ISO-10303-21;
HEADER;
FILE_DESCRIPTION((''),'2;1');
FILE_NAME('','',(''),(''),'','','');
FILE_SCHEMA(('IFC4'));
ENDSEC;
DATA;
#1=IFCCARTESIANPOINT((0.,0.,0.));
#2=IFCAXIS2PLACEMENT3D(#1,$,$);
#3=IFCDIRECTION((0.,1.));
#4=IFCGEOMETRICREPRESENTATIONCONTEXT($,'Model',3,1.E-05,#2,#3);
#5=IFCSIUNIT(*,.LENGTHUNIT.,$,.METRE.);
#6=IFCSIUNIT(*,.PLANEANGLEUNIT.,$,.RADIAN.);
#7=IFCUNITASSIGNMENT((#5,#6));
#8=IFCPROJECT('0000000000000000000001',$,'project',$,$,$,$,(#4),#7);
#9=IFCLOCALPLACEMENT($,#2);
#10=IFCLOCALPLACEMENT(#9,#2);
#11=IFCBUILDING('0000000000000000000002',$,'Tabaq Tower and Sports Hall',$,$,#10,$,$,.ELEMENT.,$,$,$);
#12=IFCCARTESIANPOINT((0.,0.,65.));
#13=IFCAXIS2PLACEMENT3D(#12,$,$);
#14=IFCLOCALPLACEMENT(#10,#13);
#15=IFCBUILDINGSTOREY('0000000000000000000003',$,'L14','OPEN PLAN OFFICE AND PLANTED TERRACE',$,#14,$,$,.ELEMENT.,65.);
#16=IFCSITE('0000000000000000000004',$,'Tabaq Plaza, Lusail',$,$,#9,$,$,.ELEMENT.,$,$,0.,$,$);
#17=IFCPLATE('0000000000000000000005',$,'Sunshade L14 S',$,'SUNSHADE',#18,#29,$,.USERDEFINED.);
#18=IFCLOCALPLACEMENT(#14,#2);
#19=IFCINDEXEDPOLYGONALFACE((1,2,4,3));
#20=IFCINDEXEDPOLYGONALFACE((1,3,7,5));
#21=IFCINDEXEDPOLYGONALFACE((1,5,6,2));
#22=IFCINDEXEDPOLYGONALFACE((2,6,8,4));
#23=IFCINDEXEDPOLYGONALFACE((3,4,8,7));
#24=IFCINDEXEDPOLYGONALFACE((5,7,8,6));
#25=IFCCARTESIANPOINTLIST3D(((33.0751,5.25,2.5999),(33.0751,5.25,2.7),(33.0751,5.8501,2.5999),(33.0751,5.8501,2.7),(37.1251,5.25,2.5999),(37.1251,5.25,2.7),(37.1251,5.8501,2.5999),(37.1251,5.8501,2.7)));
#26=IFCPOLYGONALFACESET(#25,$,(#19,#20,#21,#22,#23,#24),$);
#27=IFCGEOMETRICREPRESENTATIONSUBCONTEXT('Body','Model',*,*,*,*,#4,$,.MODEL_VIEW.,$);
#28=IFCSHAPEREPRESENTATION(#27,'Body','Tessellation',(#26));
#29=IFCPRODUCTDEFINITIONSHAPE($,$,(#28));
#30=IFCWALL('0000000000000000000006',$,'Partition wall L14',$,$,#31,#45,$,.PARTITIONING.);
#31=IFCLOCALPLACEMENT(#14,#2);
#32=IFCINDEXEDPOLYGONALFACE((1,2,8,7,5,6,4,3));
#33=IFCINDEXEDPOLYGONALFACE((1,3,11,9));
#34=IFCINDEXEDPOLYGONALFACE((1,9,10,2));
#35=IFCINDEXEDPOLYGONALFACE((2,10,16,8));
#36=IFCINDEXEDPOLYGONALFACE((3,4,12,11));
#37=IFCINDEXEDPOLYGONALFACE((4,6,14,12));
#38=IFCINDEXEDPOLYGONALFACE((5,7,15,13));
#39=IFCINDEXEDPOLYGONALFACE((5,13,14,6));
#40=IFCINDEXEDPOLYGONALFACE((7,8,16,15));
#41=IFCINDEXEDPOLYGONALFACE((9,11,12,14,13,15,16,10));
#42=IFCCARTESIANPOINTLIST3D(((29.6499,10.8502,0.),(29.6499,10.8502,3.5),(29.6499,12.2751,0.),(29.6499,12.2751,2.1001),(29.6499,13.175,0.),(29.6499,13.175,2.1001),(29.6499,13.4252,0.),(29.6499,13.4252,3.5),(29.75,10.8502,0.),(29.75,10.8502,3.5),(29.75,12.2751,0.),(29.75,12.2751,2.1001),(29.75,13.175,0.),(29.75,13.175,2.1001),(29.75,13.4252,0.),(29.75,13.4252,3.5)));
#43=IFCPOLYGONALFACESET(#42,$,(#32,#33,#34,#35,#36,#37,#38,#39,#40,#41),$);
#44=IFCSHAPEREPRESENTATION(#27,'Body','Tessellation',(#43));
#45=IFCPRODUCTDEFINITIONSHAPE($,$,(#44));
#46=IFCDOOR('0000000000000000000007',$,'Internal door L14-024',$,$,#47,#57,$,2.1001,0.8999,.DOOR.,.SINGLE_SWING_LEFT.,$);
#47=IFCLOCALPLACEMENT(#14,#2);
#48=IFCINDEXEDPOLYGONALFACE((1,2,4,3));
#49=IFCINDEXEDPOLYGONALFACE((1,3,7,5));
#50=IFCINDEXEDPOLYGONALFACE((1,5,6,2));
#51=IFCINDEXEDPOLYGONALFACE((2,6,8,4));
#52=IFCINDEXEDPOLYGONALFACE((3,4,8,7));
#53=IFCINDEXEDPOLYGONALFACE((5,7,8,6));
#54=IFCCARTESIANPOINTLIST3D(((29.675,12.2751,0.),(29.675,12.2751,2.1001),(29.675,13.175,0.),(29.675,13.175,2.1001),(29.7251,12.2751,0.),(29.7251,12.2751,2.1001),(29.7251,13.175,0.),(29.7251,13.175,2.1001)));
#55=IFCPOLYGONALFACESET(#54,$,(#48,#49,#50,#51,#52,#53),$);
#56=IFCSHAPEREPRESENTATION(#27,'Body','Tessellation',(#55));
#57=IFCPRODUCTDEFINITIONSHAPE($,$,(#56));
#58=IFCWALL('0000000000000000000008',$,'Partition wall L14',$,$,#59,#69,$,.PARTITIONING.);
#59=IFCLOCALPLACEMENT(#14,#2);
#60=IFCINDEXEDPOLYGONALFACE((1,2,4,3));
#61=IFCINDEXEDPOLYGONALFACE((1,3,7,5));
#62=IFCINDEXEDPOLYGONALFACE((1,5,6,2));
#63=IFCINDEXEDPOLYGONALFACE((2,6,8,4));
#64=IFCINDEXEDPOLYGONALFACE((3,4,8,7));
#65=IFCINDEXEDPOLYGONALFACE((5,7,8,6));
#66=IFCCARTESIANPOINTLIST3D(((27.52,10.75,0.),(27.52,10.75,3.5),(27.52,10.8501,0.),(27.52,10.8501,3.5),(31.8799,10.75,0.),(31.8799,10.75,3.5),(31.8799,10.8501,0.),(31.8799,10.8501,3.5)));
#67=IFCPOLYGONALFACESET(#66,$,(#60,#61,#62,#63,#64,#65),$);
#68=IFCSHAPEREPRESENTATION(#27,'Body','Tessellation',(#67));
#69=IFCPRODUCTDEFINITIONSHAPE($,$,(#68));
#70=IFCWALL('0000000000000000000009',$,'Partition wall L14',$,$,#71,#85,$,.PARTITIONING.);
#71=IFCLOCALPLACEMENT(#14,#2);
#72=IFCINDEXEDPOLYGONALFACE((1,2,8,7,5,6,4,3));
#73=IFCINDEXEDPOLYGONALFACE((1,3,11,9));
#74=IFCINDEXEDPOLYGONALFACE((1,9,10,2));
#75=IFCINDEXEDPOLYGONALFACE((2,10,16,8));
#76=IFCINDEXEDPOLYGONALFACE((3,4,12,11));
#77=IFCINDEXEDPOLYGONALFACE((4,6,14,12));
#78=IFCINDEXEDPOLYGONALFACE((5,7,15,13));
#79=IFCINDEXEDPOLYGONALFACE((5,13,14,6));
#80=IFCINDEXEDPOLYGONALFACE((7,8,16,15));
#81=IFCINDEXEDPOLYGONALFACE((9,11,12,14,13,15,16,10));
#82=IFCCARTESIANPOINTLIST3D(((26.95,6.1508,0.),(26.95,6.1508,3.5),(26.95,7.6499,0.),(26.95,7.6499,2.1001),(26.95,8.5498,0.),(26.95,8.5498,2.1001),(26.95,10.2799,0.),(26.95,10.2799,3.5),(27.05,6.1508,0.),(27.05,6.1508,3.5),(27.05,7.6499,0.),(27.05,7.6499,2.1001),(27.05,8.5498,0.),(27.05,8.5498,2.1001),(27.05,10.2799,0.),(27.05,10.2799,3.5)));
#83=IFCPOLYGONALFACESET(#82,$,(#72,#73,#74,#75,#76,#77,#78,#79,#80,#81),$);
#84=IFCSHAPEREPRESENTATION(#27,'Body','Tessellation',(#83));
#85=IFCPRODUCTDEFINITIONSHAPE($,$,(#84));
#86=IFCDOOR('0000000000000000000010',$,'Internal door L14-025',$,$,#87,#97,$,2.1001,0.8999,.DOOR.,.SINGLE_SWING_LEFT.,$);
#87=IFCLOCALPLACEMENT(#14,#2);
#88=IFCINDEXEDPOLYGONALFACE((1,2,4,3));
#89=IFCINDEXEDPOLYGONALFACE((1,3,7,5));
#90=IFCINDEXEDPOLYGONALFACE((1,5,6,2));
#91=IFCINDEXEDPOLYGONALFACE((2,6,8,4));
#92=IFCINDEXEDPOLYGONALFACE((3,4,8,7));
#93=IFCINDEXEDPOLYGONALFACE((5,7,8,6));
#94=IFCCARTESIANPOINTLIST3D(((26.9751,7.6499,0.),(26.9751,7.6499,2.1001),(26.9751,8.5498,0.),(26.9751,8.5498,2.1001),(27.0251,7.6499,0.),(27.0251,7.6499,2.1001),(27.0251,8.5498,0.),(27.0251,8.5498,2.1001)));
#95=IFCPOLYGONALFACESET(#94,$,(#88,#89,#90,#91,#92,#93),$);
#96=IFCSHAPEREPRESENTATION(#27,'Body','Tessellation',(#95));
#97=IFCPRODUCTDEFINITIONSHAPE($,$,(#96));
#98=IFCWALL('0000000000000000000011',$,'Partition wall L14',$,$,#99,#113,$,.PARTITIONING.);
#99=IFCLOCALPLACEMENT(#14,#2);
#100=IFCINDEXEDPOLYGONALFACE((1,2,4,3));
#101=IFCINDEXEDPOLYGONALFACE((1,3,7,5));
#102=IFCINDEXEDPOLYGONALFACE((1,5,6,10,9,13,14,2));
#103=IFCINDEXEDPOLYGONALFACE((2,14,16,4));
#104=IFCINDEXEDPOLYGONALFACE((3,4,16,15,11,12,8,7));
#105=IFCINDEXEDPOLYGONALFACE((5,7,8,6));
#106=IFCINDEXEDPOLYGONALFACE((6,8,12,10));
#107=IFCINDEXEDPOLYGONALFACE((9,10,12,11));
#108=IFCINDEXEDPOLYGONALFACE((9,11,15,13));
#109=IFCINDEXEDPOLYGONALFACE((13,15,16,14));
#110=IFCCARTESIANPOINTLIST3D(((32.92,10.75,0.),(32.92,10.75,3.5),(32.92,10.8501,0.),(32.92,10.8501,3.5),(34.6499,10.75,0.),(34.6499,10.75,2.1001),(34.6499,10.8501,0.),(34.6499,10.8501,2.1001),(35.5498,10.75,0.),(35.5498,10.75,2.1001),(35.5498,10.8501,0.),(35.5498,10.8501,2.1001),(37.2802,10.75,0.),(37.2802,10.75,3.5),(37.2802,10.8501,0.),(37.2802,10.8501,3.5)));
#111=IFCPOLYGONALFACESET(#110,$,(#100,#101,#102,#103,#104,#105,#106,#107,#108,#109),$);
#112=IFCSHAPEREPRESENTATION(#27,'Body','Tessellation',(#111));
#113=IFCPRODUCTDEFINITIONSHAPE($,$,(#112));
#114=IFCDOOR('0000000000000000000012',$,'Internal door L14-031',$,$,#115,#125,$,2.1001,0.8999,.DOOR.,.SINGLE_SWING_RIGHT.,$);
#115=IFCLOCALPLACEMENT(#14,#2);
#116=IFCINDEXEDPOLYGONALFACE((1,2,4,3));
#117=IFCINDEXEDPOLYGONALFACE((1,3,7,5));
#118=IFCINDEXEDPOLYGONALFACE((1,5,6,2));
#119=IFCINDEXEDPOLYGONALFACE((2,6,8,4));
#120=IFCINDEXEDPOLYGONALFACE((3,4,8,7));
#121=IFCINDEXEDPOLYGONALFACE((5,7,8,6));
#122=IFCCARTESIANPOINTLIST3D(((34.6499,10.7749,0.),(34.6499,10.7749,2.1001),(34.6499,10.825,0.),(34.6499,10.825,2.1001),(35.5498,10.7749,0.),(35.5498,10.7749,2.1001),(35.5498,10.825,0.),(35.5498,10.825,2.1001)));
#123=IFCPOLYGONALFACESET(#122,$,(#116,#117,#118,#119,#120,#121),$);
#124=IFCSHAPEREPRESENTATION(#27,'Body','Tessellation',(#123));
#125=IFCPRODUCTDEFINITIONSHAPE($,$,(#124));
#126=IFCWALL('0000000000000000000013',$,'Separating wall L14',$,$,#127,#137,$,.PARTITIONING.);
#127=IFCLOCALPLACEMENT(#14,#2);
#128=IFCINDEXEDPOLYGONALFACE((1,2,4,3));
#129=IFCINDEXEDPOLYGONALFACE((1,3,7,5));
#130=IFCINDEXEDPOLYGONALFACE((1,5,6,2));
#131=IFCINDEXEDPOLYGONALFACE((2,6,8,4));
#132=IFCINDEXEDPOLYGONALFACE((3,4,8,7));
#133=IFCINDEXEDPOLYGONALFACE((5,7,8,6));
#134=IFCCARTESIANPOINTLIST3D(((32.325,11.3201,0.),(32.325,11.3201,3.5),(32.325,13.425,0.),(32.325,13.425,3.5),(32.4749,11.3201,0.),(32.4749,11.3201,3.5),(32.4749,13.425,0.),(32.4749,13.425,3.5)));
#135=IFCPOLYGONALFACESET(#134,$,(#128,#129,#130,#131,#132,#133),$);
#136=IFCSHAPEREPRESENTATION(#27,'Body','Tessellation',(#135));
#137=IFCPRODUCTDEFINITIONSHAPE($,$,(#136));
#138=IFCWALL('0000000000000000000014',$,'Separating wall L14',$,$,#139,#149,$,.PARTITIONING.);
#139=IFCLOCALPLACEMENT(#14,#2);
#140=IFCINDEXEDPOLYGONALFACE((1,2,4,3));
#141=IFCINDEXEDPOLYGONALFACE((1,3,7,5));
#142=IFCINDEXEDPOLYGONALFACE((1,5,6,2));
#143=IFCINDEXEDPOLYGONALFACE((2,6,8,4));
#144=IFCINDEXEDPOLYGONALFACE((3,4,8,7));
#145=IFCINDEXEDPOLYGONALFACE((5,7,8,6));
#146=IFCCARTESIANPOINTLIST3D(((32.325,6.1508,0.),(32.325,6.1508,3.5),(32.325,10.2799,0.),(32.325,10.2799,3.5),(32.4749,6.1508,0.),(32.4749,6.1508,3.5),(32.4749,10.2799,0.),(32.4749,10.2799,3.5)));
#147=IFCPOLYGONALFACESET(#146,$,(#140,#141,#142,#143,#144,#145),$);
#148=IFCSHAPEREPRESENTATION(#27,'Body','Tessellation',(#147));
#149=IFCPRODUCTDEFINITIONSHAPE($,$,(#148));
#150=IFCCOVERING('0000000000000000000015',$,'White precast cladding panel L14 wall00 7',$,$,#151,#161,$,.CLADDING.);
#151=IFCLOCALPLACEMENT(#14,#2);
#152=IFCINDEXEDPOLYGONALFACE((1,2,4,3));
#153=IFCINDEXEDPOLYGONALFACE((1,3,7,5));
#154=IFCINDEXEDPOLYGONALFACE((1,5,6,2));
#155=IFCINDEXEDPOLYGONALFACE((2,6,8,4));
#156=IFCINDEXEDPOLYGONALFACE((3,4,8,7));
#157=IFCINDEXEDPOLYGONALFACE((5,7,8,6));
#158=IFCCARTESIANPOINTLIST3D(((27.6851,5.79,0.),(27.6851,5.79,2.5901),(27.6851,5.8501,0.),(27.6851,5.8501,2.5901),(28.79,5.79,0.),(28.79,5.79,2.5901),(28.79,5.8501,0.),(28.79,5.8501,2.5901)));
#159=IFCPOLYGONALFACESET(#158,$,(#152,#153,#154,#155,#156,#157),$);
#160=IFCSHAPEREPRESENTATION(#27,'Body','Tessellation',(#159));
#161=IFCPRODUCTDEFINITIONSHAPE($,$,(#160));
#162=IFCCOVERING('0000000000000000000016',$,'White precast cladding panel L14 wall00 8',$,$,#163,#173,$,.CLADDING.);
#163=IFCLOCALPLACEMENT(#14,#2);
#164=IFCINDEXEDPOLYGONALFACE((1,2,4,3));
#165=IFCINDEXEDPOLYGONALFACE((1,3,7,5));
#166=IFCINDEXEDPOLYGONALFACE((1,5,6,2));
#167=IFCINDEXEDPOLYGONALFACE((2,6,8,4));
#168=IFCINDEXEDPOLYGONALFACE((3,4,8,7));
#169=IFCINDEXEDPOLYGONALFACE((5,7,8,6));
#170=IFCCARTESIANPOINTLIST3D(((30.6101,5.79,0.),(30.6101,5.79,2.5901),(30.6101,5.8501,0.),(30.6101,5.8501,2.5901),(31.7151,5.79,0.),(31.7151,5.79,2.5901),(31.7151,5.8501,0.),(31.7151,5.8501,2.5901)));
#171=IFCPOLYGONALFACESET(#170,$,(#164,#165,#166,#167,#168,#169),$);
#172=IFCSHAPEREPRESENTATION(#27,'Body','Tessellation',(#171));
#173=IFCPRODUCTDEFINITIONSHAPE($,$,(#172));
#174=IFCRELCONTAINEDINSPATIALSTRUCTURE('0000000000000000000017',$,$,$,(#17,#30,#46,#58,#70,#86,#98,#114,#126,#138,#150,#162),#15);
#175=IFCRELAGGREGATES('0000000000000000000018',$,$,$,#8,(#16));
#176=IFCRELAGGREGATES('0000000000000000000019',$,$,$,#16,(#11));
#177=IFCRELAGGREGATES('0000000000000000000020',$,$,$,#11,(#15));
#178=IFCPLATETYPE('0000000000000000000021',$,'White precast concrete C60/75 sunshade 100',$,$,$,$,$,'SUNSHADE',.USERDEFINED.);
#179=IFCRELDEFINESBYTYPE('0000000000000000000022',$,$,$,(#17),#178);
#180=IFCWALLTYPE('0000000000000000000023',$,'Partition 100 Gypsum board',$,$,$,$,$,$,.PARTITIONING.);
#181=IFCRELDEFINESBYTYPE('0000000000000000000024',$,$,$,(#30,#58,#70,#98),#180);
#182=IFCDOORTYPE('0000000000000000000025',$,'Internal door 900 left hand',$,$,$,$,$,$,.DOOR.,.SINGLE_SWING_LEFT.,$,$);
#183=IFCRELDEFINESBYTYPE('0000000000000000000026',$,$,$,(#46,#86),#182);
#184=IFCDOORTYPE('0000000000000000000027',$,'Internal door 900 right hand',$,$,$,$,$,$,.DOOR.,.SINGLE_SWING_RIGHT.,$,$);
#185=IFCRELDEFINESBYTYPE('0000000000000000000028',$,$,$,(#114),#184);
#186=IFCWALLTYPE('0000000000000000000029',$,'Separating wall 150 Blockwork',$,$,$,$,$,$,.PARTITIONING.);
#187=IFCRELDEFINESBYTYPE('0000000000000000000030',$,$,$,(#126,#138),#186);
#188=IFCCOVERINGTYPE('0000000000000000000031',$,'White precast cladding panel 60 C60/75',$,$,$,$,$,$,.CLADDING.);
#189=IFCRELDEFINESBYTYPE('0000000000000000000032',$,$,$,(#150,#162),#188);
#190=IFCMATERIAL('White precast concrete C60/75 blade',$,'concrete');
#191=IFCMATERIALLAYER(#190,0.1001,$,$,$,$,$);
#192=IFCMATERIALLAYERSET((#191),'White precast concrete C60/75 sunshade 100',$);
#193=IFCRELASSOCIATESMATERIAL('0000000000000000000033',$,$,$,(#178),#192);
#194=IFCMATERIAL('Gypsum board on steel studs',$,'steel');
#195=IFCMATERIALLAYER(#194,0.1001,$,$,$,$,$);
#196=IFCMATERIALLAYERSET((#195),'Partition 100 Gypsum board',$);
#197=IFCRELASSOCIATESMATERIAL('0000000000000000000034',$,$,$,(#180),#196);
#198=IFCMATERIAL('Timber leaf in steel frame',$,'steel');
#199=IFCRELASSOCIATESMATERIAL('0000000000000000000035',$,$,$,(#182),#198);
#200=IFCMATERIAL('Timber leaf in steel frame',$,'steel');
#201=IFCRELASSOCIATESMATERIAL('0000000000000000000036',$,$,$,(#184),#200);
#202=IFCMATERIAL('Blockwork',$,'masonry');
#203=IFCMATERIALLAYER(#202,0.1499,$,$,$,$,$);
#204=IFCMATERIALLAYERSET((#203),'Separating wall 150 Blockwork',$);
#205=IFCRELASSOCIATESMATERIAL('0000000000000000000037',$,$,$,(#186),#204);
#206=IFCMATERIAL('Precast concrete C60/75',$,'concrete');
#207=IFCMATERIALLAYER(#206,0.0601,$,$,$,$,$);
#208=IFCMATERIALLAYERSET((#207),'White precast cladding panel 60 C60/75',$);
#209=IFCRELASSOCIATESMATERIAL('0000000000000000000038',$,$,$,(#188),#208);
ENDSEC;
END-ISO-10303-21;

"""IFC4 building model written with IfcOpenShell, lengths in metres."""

from ifc_helpers import new_model, si_unit, direction, frame, frame_2d, origin, origin_2d, place, context, subcontext, project, spatial, rectangle, extrude, material, layer, layer_set, type_object, element, fill, save


model = new_model("IFC4")

# Units and contexts
model_context = context("Model", 3, precision=1e-05, world=origin(), true_north=direction((0.0, 1.0)))
body_context = subcontext(model_context, "Body", "Model", "MODEL_VIEW")
ifc_project = project(units=[si_unit("LENGTHUNIT", "METRE"), si_unit("PLANEANGLEUNIT", "RADIAN")], contexts=[model_context])

# Site, building, storey
site_placement = place(None, origin())
site = spatial("IfcSite", under=ifc_project, at=site_placement, Name="Tabaq Plaza, Lusail", CompositionType="ELEMENT", RefElevation=0.0)
building_placement = place(site_placement, origin())
building = spatial("IfcBuilding", under=site, at=building_placement, Name="Tabaq Tower and Sports Hall", CompositionType="ELEMENT")
storey_placement = place(building_placement, frame((0.0, 0.0, 65.0)))
storey = spatial("IfcBuildingStorey", under=building, at=storey_placement, Name="L14", Description="OPEN PLAN OFFICE AND PLANTED TERRACE", CompositionType="ELEMENT", Elevation=65.0)

# Plate
ifc_material_1 = material(Name="White precast concrete C60/75 blade", Category="concrete")
ifc_layer_1 = layer(ifc_material_1, 0.1001)
ifc_layer_set_1 = layer_set([ifc_layer_1], Name="White precast concrete C60/75 sunshade 100")
plate_type = type_object("IfcPlateType", Name="White precast concrete C60/75 sunshade 100", ElementType="SUNSHADE", PredefinedType="USERDEFINED", material=ifc_layer_set_1)
for number, where, z_axis, x_axis, name in (
    (1, (35.1001, 5.55, 2.5999), (0.0, 0.0, 1.0), (1.0, 0.0, 0.0), "Sunshade L14 S"),
):
    element("IfcPlate", number, at=place(storey_placement, frame(where, z_axis=z_axis, x_axis=x_axis)), inside=storey, type_object=plate_type, Name=name, ObjectType="SUNSHADE", PredefinedType="USERDEFINED", context=body_context, shape_type="SweptSolid", body=[
        extrude(rectangle(XDim=4.05, YDim=0.6001, at=origin_2d()), origin(), (0.0, 0.0, 1.0), 0.1001),
    ])

# Wall, opening, door
ifc_material_2 = material(Name="Gypsum board on steel studs", Category="steel")
ifc_layer_2 = layer(ifc_material_2, 0.1001)
ifc_layer_set_2 = layer_set([ifc_layer_2], Name="Partition 100 Gypsum board")
wall_type_1 = type_object("IfcWallType", Name="Partition 100 Gypsum board", PredefinedType="PARTITIONING", material=ifc_layer_set_2)
wall_1_placement = place(storey_placement, frame((29.7, 10.8501, 0.0), z_axis=(0.0, 0.0, 1.0), x_axis=(0.0, 1.0, 0.0)))
wall_1 = element("IfcWall", 2, at=wall_1_placement, inside=storey, type_object=wall_type_1, Name="Partition wall L14", PredefinedType="PARTITIONING", context=body_context, shape_type="SweptSolid", body=[
    extrude(rectangle(XDim=2.575, YDim=0.1001, at=frame_2d((1.2876, 0.0))), origin(), (0.0, 0.0, 1.0), 3.5),
])
opening_1_placement = place(wall_1_placement, frame((1.425, 0.0, 0.0)))
opening_1 = element("IfcOpeningElement", 3, at=opening_1_placement, cuts=wall_1, PredefinedType="OPENING", context=body_context, shape_type="SweptSolid", body=[
    extrude(rectangle(XDim=0.8999, YDim=2.1001, at=frame_2d((0.45, 1.05))), frame((0.0, 0.05, 0.0), z_axis=(0.0, -1.0, 0.0), x_axis=(1.0, 0.0, 0.0)), (0.0, 0.0, 1.0), 0.1001),
])
ifc_material_3 = material(Name="Timber leaf in steel frame", Category="steel")
door_type_1 = type_object("IfcDoorType", Name="Internal door 900 left hand", OperationType="SINGLE_SWING_LEFT", PredefinedType="DOOR", material=ifc_material_3)
door_1_placement = place(opening_1_placement, origin())
door_1 = element("IfcDoor", 4, at=door_1_placement, inside=storey, type_object=door_type_1, Name="Internal door L14-024", OperationType="SINGLE_SWING_LEFT", OverallHeight=2.1001, OverallWidth=0.8999, PredefinedType="DOOR", context=body_context, shape_type="SweptSolid", body=[
    extrude(rectangle(XDim=0.8999, YDim=2.1001, at=frame_2d((0.45, 1.05))), frame((0.0, 0.0249, 0.0), z_axis=(0.0, -1.0, 0.0), x_axis=(1.0, 0.0, 0.0)), (0.0, 0.0, 1.0), 0.05),
])
fill(opening_1, door_1)

# Wall
wall_2_placement = place(storey_placement, frame((27.52, 10.8, 0.0), z_axis=(0.0, 0.0, 1.0), x_axis=(1.0, 0.0, 0.0)))
element("IfcWall", 5, at=wall_2_placement, inside=storey, type_object=wall_type_1, Name="Partition wall L14", PredefinedType="PARTITIONING", context=body_context, shape_type="SweptSolid", body=[
    extrude(rectangle(XDim=4.3599, YDim=0.1001, at=frame_2d((2.1799, 0.0))), origin(), (0.0, 0.0, 1.0), 3.5),
])

# Walls, openings, doors
wall_3_placement = place(storey_placement, frame((27.0, 6.1509, 0.0), z_axis=(0.0, 0.0, 1.0), x_axis=(0.0, 1.0, 0.0)))
wall_3 = element("IfcWall", 6, at=wall_3_placement, inside=storey, type_object=wall_type_1, Name="Partition wall L14", PredefinedType="PARTITIONING", context=body_context, shape_type="SweptSolid", body=[
    extrude(rectangle(XDim=4.1292, YDim=0.1001, at=frame_2d((2.0645, 0.0))), origin(), (0.0, 0.0, 1.0), 3.5),
])
opening_2_placement = place(wall_3_placement, frame((1.499, 0.0, 0.0)))
opening_2 = element("IfcOpeningElement", 7, at=opening_2_placement, cuts=wall_3, PredefinedType="OPENING", context=body_context, shape_type="SweptSolid", body=[
    extrude(rectangle(XDim=0.8999, YDim=2.1001, at=frame_2d((0.45, 1.05))), frame((0.0, 0.05, 0.0), z_axis=(0.0, -1.0, 0.0), x_axis=(1.0, 0.0, 0.0)), (0.0, 0.0, 1.0), 0.1001),
])
door_2_placement = place(opening_2_placement, origin())
door_2 = element("IfcDoor", 8, at=door_2_placement, inside=storey, type_object=door_type_1, Name="Internal door L14-025", OperationType="SINGLE_SWING_LEFT", OverallHeight=2.1001, OverallWidth=0.8999, PredefinedType="DOOR", context=body_context, shape_type="SweptSolid", body=[
    extrude(rectangle(XDim=0.8999, YDim=2.1001, at=frame_2d((0.45, 1.05))), frame((0.0, 0.0249, 0.0), z_axis=(0.0, -1.0, 0.0), x_axis=(1.0, 0.0, 0.0)), (0.0, 0.0, 1.0), 0.05),
])
fill(opening_2, door_2)
wall_4_placement = place(storey_placement, frame((32.9199, 10.8, 0.0), z_axis=(0.0, 0.0, 1.0), x_axis=(1.0, 0.0, 0.0)))
wall_4 = element("IfcWall", 9, at=wall_4_placement, inside=storey, type_object=wall_type_1, Name="Partition wall L14", PredefinedType="PARTITIONING", context=body_context, shape_type="SweptSolid", body=[
    extrude(rectangle(XDim=4.3601, YDim=0.1001, at=frame_2d((2.1802, 0.0))), origin(), (0.0, 0.0, 1.0), 3.5),
])
opening_3_placement = place(wall_4_placement, frame((1.73, 0.0, 0.0)))
opening_3 = element("IfcOpeningElement", 10, at=opening_3_placement, cuts=wall_4, PredefinedType="OPENING", context=body_context, shape_type="SweptSolid", body=[
    extrude(rectangle(XDim=0.8999, YDim=2.1001, at=frame_2d((0.45, 1.05))), frame((0.0, 0.05, 0.0), z_axis=(0.0, -1.0, 0.0), x_axis=(1.0, 0.0, 0.0)), (0.0, 0.0, 1.0), 0.1001),
])
ifc_material_4 = material(Name="Timber leaf in steel frame", Category="steel")
door_type_2 = type_object("IfcDoorType", Name="Internal door 900 right hand", OperationType="SINGLE_SWING_RIGHT", PredefinedType="DOOR", material=ifc_material_4)
door_3_placement = place(opening_3_placement, origin())
door_3 = element("IfcDoor", 11, at=door_3_placement, inside=storey, type_object=door_type_2, Name="Internal door L14-031", OperationType="SINGLE_SWING_RIGHT", OverallHeight=2.1001, OverallWidth=0.8999, PredefinedType="DOOR", context=body_context, shape_type="SweptSolid", body=[
    extrude(rectangle(XDim=0.8999, YDim=2.1001, at=frame_2d((0.45, 1.05))), frame((0.0, 0.0249, 0.0), z_axis=(0.0, -1.0, 0.0), x_axis=(1.0, 0.0, 0.0)), (0.0, 0.0, 1.0), 0.05),
])
fill(opening_3, door_3)

# Walls
ifc_material_5 = material(Name="Blockwork", Category="masonry")
ifc_layer_3 = layer(ifc_material_5, 0.1499)
ifc_layer_set_3 = layer_set([ifc_layer_3], Name="Separating wall 150 Blockwork")
wall_type_2 = type_object("IfcWallType", Name="Separating wall 150 Blockwork", PredefinedType="PARTITIONING", material=ifc_layer_set_3)
wall_5_placement = place(storey_placement, frame((32.3999, 11.3201, 0.0), z_axis=(0.0, 0.0, 1.0), x_axis=(0.0, 1.0, 0.0)))
element("IfcWall", 12, at=wall_5_placement, inside=storey, type_object=wall_type_2, Name="Separating wall L14", PredefinedType="PARTITIONING", context=body_context, shape_type="SweptSolid", body=[
    extrude(rectangle(XDim=2.105, YDim=0.1499, at=frame_2d((1.0525, 0.0))), origin(), (0.0, 0.0, 1.0), 3.5),
])
wall_6_placement = place(storey_placement, frame((32.3999, 6.1509, 0.0), z_axis=(0.0, 0.0, 1.0), x_axis=(0.0, 1.0, 0.0)))
element("IfcWall", 13, at=wall_6_placement, inside=storey, type_object=wall_type_2, Name="Separating wall L14", PredefinedType="PARTITIONING", context=body_context, shape_type="SweptSolid", body=[
    extrude(rectangle(XDim=4.1292, YDim=0.1499, at=frame_2d((2.0645, 0.0))), origin(), (0.0, 0.0, 1.0), 3.5),
])

# Coverings
ifc_material_6 = material(Name="Precast concrete C60/75", Category="concrete")
ifc_layer_4 = layer(ifc_material_6, 0.0601)
ifc_layer_set_4 = layer_set([ifc_layer_4], Name="White precast cladding panel 60 C60/75")
covering_type = type_object("IfcCoveringType", Name="White precast cladding panel 60 C60/75", PredefinedType="CLADDING", material=ifc_layer_set_4)
for number, where, z_axis, x_axis, name in (
    (14, (27.6851, 5.8201, 0.0), (0.0, 0.0, 1.0), (1.0, 0.0, 0.0), "White precast cladding panel L14 wall00 7"),
    (15, (30.6101, 5.8201, 0.0), (0.0, 0.0, 1.0), (1.0, 0.0, 0.0), "White precast cladding panel L14 wall00 8"),
):
    element("IfcCovering", number, at=place(storey_placement, frame(where, z_axis=z_axis, x_axis=x_axis)), inside=storey, type_object=covering_type, Name=name, PredefinedType="CLADDING", context=body_context, shape_type="SweptSolid", body=[
        extrude(rectangle(XDim=1.105, YDim=0.0601, at=frame_2d((0.5525, 0.0))), origin(), (0.0, 0.0, 1.0), 2.5901),
    ])

save(model, "model.ifc")
